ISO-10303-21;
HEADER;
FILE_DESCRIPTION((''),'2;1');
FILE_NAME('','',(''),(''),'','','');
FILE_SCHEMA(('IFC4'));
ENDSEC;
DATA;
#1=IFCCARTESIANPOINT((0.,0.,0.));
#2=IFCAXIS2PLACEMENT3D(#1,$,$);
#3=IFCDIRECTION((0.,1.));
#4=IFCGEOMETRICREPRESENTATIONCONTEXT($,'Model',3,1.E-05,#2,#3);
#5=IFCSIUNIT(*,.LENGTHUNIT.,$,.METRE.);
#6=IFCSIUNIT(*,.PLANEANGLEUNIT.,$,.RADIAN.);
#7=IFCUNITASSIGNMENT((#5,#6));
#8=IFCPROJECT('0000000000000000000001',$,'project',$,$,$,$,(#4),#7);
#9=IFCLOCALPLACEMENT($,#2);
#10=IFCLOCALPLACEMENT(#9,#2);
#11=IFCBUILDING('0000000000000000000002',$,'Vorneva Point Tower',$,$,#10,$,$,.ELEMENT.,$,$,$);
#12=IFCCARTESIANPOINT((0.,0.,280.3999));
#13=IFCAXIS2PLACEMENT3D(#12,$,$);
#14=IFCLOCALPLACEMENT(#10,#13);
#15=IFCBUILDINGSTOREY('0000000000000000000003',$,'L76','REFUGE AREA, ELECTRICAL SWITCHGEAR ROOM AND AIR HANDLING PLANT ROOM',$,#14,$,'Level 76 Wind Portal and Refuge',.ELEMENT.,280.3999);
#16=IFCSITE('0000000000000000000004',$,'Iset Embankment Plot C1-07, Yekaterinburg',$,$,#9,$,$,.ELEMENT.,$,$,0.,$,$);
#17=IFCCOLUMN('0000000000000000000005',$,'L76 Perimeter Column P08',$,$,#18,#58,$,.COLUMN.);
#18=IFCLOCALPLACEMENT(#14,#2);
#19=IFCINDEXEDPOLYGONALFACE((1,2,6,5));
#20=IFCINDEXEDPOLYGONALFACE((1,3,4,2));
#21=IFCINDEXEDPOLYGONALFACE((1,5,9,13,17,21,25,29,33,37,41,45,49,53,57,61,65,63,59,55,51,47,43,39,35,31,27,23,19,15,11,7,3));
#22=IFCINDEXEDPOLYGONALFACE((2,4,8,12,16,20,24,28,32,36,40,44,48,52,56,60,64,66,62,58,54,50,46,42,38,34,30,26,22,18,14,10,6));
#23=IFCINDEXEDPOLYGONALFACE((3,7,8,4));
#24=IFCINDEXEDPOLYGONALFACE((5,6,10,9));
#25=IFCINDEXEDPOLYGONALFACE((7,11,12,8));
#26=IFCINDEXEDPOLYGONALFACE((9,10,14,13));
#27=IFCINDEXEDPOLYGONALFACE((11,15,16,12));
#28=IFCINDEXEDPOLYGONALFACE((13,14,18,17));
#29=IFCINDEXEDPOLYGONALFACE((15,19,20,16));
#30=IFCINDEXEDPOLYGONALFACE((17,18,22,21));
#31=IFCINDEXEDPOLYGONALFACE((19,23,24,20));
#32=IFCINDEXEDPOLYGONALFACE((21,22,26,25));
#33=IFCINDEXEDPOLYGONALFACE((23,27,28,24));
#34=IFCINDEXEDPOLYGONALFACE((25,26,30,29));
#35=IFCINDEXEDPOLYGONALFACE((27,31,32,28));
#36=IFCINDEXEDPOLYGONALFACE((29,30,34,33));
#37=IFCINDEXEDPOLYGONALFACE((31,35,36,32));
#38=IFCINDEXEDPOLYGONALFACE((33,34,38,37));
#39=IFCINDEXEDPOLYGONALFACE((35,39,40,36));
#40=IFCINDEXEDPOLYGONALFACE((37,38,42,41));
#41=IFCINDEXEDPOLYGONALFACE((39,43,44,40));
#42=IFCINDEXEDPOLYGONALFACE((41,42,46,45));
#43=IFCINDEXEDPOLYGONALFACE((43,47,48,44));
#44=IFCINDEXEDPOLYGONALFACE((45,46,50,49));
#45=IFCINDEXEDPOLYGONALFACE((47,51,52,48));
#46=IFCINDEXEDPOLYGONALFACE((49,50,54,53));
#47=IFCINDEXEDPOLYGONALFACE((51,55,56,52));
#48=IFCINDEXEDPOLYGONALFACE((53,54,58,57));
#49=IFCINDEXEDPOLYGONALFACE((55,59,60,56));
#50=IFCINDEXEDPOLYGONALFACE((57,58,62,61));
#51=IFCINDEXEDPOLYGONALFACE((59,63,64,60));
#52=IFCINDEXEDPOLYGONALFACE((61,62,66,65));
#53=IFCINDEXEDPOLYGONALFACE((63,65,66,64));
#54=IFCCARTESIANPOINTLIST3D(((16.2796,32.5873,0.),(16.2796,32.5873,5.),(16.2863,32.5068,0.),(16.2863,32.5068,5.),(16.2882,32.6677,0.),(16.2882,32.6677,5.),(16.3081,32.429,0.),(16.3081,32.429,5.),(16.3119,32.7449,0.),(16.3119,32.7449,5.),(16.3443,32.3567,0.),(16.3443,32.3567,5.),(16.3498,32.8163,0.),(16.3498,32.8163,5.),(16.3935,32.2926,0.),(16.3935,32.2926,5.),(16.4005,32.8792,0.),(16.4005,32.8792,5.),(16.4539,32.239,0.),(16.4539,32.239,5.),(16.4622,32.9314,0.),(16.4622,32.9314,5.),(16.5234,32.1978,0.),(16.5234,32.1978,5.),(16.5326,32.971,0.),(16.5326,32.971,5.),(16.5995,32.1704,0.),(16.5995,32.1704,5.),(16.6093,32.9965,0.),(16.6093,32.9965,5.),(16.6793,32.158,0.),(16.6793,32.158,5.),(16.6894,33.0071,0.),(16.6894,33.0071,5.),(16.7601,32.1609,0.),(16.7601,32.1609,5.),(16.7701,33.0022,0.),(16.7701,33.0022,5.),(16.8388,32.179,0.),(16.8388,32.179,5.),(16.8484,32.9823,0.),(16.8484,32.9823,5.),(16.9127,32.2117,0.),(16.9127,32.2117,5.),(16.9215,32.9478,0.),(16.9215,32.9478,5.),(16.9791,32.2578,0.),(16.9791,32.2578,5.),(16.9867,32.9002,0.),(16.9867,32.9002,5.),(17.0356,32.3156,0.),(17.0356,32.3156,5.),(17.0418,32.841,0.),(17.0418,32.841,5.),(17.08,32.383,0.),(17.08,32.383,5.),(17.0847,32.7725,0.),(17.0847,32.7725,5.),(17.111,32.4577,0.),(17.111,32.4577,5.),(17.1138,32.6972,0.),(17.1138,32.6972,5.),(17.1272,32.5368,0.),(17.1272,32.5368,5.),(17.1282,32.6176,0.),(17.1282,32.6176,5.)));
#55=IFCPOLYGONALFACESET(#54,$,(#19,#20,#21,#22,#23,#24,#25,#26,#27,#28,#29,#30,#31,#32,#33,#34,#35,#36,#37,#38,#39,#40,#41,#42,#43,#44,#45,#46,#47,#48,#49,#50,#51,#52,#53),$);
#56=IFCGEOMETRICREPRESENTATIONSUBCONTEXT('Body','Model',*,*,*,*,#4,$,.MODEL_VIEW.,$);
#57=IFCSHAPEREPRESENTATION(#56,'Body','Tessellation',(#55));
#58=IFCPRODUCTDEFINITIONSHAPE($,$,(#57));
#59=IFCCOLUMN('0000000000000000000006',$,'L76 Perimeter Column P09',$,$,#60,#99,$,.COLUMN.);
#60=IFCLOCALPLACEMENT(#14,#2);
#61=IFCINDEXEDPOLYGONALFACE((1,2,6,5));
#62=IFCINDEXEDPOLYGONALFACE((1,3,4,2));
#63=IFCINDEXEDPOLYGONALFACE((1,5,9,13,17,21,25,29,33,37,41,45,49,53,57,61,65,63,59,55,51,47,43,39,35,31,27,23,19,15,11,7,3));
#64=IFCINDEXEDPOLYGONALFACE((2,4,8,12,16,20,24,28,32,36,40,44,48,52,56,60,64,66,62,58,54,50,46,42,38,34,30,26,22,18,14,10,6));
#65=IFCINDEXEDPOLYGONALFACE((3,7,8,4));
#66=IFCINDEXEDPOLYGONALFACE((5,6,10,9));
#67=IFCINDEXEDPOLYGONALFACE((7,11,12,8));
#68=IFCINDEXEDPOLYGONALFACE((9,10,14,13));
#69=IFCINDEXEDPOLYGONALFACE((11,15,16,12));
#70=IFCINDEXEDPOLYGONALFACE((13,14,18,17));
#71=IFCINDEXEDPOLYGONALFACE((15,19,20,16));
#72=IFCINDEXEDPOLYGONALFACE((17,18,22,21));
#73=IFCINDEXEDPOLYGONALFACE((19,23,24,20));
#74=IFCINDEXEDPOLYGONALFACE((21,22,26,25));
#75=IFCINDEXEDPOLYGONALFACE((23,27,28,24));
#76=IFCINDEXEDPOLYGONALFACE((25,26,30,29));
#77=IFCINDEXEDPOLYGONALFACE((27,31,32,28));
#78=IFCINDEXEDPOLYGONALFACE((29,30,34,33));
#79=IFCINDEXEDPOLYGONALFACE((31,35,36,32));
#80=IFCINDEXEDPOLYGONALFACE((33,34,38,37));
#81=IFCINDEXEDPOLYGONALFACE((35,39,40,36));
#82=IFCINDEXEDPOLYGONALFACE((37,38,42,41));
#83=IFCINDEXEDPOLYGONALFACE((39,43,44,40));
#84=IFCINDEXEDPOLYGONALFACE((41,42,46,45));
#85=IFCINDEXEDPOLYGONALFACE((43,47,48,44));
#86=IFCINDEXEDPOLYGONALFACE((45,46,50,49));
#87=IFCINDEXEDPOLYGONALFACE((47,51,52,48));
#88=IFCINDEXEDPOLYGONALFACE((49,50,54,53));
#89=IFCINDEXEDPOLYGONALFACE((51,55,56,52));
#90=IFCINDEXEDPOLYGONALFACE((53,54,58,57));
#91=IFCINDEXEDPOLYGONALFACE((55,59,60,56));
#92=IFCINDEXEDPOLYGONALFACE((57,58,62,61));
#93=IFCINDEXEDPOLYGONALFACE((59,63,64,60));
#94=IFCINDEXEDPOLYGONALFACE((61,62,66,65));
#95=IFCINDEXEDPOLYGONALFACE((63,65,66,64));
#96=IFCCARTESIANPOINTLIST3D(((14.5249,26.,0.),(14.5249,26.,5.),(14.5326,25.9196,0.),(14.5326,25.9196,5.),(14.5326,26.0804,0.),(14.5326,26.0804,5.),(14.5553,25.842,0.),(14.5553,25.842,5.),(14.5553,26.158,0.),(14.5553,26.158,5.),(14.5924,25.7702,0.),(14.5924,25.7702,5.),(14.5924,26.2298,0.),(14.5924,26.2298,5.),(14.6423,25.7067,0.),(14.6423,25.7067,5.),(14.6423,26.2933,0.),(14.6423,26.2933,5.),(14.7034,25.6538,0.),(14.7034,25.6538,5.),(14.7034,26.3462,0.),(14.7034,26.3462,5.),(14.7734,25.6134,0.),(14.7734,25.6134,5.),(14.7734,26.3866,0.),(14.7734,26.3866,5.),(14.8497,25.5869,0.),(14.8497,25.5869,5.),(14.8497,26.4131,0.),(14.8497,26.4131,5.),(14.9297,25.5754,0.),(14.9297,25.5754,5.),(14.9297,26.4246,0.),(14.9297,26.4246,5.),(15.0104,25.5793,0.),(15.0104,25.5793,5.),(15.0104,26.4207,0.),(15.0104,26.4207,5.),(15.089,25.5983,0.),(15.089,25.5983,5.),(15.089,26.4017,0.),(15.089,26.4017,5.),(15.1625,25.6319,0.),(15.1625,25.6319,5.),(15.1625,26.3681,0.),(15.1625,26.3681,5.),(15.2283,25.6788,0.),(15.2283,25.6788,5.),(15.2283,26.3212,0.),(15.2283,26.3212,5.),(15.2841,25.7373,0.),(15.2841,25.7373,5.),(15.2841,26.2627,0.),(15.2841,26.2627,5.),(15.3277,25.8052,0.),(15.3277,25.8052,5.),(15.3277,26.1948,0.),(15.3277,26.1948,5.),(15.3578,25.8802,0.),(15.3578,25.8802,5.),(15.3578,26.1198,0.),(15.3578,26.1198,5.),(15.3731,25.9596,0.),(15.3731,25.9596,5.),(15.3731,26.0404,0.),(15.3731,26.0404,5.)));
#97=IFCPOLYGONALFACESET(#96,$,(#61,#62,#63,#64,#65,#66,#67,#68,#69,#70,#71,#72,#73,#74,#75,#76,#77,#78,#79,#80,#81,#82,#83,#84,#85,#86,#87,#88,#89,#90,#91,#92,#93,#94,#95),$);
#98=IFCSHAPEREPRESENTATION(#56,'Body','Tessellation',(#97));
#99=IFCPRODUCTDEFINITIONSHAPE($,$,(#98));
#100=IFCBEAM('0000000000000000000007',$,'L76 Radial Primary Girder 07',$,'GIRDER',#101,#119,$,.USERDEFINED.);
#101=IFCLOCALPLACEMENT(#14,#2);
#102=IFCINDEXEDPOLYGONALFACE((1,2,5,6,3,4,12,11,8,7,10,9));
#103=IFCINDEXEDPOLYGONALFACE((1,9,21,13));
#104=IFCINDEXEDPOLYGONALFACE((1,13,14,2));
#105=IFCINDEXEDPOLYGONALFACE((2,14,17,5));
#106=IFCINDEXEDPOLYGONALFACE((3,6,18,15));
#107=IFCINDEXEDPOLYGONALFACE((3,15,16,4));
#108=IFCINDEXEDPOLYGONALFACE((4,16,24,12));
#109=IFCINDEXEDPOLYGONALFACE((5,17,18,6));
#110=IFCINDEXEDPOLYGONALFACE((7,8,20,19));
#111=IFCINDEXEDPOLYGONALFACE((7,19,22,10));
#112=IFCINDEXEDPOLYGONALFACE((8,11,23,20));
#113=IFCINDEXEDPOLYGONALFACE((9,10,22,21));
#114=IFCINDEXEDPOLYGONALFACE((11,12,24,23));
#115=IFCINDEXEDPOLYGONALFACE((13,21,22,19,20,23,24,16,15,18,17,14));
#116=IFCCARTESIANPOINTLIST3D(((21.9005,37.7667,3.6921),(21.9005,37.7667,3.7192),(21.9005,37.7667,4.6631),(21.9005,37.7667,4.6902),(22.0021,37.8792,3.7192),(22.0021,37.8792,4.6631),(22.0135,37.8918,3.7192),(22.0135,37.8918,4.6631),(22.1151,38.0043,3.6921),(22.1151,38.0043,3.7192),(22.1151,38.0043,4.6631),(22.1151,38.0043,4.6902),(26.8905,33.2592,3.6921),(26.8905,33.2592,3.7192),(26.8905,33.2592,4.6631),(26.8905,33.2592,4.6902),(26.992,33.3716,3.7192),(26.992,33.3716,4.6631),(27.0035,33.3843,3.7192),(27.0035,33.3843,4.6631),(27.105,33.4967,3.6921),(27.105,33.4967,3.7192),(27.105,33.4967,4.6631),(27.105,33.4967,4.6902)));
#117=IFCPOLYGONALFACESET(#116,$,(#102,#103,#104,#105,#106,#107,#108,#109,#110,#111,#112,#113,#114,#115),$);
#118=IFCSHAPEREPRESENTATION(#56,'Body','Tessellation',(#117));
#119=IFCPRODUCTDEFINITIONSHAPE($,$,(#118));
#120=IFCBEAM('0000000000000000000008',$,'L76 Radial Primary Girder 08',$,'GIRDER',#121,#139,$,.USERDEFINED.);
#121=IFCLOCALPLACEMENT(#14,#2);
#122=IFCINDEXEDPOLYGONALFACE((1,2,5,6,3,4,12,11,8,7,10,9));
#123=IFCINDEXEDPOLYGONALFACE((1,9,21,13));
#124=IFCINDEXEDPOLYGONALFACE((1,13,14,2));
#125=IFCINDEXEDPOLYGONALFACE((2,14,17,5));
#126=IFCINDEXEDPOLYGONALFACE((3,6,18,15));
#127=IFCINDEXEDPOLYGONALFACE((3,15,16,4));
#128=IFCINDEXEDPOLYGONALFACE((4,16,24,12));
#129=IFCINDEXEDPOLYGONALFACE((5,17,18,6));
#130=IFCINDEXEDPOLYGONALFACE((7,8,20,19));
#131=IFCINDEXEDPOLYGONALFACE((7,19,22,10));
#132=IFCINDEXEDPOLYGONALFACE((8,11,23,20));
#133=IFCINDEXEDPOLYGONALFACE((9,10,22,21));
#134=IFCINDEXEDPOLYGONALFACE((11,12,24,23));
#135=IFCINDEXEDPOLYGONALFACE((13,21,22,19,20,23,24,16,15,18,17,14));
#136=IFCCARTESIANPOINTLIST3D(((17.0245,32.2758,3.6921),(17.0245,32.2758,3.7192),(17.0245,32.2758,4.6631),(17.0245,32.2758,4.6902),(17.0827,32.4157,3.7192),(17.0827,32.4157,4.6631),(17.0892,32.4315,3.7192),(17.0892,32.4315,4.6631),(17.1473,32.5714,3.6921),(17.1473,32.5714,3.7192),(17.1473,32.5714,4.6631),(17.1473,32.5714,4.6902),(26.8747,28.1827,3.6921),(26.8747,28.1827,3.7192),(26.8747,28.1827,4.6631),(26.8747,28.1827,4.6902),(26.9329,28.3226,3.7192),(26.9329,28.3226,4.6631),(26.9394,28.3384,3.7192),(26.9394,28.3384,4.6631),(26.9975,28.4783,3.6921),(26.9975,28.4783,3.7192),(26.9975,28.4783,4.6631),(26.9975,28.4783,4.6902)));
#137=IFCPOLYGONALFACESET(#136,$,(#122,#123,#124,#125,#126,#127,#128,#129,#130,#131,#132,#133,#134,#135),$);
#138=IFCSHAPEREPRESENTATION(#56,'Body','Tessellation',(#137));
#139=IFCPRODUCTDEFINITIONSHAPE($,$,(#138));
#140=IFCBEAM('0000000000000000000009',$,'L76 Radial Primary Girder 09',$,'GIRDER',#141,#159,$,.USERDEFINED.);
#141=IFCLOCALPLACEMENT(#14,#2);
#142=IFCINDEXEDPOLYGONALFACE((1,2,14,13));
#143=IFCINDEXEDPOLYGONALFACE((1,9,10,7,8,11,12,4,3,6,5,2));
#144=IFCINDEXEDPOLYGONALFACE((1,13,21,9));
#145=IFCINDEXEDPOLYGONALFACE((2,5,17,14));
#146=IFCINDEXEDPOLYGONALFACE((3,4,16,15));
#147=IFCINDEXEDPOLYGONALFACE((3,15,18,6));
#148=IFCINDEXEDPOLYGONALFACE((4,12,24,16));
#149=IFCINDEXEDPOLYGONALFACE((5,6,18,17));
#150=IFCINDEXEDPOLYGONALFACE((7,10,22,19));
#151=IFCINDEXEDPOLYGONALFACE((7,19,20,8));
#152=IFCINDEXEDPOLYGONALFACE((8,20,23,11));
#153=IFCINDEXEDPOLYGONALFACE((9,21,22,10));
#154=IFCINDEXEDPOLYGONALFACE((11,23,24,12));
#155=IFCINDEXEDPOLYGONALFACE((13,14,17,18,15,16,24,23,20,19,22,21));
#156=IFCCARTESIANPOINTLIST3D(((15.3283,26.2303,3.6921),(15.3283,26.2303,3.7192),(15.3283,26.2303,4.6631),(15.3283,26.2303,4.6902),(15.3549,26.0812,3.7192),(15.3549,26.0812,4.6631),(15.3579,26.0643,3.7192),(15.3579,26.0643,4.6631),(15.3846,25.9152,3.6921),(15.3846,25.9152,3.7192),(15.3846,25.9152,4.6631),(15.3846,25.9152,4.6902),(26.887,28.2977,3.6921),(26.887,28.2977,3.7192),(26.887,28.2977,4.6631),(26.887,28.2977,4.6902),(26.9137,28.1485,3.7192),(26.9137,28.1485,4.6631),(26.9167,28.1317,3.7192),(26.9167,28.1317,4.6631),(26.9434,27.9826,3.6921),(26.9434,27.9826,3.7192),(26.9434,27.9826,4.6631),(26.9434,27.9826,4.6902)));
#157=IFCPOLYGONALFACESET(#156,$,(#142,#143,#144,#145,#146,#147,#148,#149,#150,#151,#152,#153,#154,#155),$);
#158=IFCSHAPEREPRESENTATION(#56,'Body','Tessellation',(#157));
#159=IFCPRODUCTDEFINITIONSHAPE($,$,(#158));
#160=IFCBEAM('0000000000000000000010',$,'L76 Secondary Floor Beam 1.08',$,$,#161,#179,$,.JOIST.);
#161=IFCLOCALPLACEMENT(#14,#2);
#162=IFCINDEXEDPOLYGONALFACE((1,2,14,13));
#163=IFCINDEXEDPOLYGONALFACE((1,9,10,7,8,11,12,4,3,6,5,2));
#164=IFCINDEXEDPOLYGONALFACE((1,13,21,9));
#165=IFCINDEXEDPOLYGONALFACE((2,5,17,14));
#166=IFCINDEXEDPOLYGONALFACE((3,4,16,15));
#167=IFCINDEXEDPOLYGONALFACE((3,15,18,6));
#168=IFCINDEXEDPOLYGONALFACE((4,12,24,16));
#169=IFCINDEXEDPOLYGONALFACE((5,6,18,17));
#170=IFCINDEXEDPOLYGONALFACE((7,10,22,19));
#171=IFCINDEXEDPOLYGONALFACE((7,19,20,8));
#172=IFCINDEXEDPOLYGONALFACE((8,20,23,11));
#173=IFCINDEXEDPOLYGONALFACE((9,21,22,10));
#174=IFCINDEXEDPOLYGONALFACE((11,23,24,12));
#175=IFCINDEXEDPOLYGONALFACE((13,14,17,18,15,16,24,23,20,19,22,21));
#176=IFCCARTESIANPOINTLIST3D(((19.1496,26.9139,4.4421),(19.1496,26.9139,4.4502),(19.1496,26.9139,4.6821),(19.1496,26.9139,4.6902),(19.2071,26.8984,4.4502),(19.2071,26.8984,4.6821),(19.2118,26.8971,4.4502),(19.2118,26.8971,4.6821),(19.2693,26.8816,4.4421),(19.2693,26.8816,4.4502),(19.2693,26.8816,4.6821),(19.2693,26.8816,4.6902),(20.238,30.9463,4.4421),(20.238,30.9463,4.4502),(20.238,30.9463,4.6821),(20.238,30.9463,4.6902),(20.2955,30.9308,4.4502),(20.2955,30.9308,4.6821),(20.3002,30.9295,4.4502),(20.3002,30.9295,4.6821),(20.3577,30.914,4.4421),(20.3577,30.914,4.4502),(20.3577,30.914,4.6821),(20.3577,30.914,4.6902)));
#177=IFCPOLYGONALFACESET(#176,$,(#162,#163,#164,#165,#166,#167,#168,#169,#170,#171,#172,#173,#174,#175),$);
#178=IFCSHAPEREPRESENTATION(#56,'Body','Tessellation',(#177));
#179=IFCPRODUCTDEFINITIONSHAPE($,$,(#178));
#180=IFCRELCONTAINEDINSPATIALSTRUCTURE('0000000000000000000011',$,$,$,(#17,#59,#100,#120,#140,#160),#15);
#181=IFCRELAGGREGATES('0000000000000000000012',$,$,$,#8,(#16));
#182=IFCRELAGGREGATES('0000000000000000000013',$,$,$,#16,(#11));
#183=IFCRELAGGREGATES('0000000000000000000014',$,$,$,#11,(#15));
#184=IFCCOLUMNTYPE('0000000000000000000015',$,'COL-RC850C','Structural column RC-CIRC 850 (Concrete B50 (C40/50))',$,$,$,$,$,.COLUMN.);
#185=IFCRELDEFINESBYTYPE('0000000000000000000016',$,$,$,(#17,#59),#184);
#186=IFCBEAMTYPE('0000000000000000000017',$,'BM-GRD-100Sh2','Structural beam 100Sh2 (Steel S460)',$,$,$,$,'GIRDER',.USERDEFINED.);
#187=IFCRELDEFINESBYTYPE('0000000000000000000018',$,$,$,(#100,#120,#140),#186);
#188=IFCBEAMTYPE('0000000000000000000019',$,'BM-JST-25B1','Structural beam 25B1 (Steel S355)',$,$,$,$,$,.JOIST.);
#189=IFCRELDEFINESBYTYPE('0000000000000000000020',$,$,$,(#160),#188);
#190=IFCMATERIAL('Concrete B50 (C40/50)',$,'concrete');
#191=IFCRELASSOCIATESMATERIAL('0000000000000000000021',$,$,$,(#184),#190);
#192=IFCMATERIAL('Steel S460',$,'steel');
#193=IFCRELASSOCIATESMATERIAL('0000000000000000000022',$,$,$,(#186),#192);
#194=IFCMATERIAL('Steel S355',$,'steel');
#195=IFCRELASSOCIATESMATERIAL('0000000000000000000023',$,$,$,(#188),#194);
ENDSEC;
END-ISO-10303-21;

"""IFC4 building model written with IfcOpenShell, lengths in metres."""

from ifc_helpers import new_model, si_unit, direction, frame, origin, origin_2d, place, context, subcontext, project, spatial, circle, i_section, extrude, material, material_profile, profile_set, type_object, element, save


model = new_model("IFC4")

# Units and contexts
model_context = context("Model", 3, precision=1e-05, world=origin(), true_north=direction((0.0, 1.0)))
body_context = subcontext(model_context, "Body", "Model", "MODEL_VIEW")
ifc_project = project(units=[si_unit("LENGTHUNIT", "METRE"), si_unit("PLANEANGLEUNIT", "RADIAN")], contexts=[model_context])

# Site, building, storey
site_placement = place(None, origin())
site = spatial("IfcSite", under=ifc_project, at=site_placement, Name="Iset Embankment Plot C1-07, Yekaterinburg", CompositionType="ELEMENT", RefElevation=0.0)
building_placement = place(site_placement, origin())
building = spatial("IfcBuilding", under=site, at=building_placement, Name="Vorneva Point Tower", CompositionType="ELEMENT")
storey_placement = place(building_placement, frame((0.0, 0.0, 280.3999)))
storey = spatial("IfcBuildingStorey", under=building, at=storey_placement, Name="L76", Description="REFUGE AREA, ELECTRICAL SWITCHGEAR ROOM AND AIR HANDLING PLANT ROOM", LongName="Level 76 Wind Portal and Refuge", CompositionType="ELEMENT", Elevation=280.3999)

# Columns
ifc_material_1 = material(Name="Concrete B50 (C40/50)", Category="concrete")
ifc_material_profile_1 = material_profile(ifc_material_1, circle(Radius=0.425, at=origin_2d()), Name="RC-CIRC 850")
ifc_profile_set_1 = profile_set([ifc_material_profile_1], Name="Concrete B50 (C40/50)")
column_type = type_object("IfcColumnType", Name="COL-RC850C", Description="Structural column RC-CIRC 850 (Concrete B50 (C40/50))", PredefinedType="COLUMN", material=ifc_profile_set_1)
for number, where, z_axis, x_axis, name in (
    (1, (16.7046, 32.5823, 0.0), (0.0, 0.0, 1.0), (-0.92388, 0.382683, 0.0), "L76 Perimeter Column P08"),
    (2, (14.95, 26.0, 0.0), (0.0, 0.0, 1.0), (-1.0, 0.0, 0.0), "L76 Perimeter Column P09"),
):
    element("IfcColumn", number, at=place(storey_placement, frame(where, z_axis=z_axis, x_axis=x_axis)), inside=storey, type_object=column_type, Name=name, PredefinedType="COLUMN", context=body_context, shape_type="SweptSolid", body=[
        extrude(circle(Radius=0.425, at=origin_2d()), origin(), (0.0, 0.0, 1.0), 5.0),
    ])

# Beams
ifc_material_2 = material(Name="Steel S460", Category="steel")
ifc_material_profile_2 = material_profile(ifc_material_2, i_section(OverallWidth=0.3201, OverallDepth=0.998, WebThickness=0.0171, FlangeThickness=0.0271, at=origin_2d()), Name="100Sh2")
ifc_profile_set_2 = profile_set([ifc_material_profile_2], Name="Steel S460")
beam_type_1 = type_object("IfcBeamType", Name="BM-GRD-100Sh2", Description="Structural beam 100Sh2 (Steel S460)", ElementType="GIRDER", PredefinedType="USERDEFINED", material=ifc_profile_set_2)
beam_1_placement = place(storey_placement, frame((22.0078, 37.8855, 4.1912), z_axis=(0.742067, -0.670326, 0.0), x_axis=(0.670326, 0.742067, 0.0)))
element("IfcBeam", 3, at=beam_1_placement, inside=storey, type_object=beam_type_1, Name="L76 Radial Primary Girder 07", ObjectType="GIRDER", PredefinedType="USERDEFINED", context=body_context, shape_type="SweptSolid", body=[
    extrude(i_section(OverallWidth=0.3201, OverallDepth=0.998, WebThickness=0.0171, FlangeThickness=0.0271, at=origin_2d()), origin(), (0.0, 0.0, 1.0), 6.7244),
])
beam_2_placement = place(storey_placement, frame((17.0859, 32.4236, 4.1912), z_axis=(0.923449, -0.383721, 0.0), x_axis=(0.383721, 0.923449, 0.0)))
element("IfcBeam", 4, at=beam_2_placement, inside=storey, type_object=beam_type_1, Name="L76 Radial Primary Girder 08", ObjectType="GIRDER", PredefinedType="USERDEFINED", context=body_context, shape_type="SweptSolid", body=[
    extrude(i_section(OverallWidth=0.3201, OverallDepth=0.998, WebThickness=0.0171, FlangeThickness=0.0271, at=origin_2d()), origin(), (0.0, 0.0, 1.0), 10.6667),
])
beam_3_placement = place(storey_placement, frame((15.3564, 26.0728, 4.1912), z_axis=(0.984379, 0.176063, 0.0), x_axis=(-0.176063, 0.984379, 0.0)))
element("IfcBeam", 5, at=beam_3_placement, inside=storey, type_object=beam_type_1, Name="L76 Radial Primary Girder 09", ObjectType="GIRDER", PredefinedType="USERDEFINED", context=body_context, shape_type="SweptSolid", body=[
    extrude(i_section(OverallWidth=0.3201, OverallDepth=0.998, WebThickness=0.0171, FlangeThickness=0.0271, at=origin_2d()), origin(), (0.0, 0.0, 1.0), 11.7422),
])
ifc_material_3 = material(Name="Steel S355", Category="steel")
ifc_material_profile_3 = material_profile(ifc_material_3, i_section(OverallWidth=0.124, OverallDepth=0.248, WebThickness=0.0049, FlangeThickness=0.0081, at=origin_2d()), Name="25B1")
ifc_profile_set_3 = profile_set([ifc_material_profile_3], Name="Steel S355")
beam_type_2 = type_object("IfcBeamType", Name="BM-JST-25B1", Description="Structural beam 25B1 (Steel S355)", PredefinedType="JOIST", material=ifc_profile_set_3)
beam_4_placement = place(storey_placement, frame((20.2979, 30.9302, 4.5662), z_axis=(-0.260579, -0.965452, 0.0), x_axis=(0.965452, -0.260579, 0.0)))
element("IfcBeam", 6, at=beam_4_placement, inside=storey, type_object=beam_type_2, Name="L76 Secondary Floor Beam 1.08", PredefinedType="JOIST", context=body_context, shape_type="SweptSolid", body=[
    extrude(i_section(OverallWidth=0.124, OverallDepth=0.248, WebThickness=0.0049, FlangeThickness=0.0081, at=origin_2d()), origin(), (0.0, 0.0, 1.0), 4.1768),
])

save(model, "model.ifc")
